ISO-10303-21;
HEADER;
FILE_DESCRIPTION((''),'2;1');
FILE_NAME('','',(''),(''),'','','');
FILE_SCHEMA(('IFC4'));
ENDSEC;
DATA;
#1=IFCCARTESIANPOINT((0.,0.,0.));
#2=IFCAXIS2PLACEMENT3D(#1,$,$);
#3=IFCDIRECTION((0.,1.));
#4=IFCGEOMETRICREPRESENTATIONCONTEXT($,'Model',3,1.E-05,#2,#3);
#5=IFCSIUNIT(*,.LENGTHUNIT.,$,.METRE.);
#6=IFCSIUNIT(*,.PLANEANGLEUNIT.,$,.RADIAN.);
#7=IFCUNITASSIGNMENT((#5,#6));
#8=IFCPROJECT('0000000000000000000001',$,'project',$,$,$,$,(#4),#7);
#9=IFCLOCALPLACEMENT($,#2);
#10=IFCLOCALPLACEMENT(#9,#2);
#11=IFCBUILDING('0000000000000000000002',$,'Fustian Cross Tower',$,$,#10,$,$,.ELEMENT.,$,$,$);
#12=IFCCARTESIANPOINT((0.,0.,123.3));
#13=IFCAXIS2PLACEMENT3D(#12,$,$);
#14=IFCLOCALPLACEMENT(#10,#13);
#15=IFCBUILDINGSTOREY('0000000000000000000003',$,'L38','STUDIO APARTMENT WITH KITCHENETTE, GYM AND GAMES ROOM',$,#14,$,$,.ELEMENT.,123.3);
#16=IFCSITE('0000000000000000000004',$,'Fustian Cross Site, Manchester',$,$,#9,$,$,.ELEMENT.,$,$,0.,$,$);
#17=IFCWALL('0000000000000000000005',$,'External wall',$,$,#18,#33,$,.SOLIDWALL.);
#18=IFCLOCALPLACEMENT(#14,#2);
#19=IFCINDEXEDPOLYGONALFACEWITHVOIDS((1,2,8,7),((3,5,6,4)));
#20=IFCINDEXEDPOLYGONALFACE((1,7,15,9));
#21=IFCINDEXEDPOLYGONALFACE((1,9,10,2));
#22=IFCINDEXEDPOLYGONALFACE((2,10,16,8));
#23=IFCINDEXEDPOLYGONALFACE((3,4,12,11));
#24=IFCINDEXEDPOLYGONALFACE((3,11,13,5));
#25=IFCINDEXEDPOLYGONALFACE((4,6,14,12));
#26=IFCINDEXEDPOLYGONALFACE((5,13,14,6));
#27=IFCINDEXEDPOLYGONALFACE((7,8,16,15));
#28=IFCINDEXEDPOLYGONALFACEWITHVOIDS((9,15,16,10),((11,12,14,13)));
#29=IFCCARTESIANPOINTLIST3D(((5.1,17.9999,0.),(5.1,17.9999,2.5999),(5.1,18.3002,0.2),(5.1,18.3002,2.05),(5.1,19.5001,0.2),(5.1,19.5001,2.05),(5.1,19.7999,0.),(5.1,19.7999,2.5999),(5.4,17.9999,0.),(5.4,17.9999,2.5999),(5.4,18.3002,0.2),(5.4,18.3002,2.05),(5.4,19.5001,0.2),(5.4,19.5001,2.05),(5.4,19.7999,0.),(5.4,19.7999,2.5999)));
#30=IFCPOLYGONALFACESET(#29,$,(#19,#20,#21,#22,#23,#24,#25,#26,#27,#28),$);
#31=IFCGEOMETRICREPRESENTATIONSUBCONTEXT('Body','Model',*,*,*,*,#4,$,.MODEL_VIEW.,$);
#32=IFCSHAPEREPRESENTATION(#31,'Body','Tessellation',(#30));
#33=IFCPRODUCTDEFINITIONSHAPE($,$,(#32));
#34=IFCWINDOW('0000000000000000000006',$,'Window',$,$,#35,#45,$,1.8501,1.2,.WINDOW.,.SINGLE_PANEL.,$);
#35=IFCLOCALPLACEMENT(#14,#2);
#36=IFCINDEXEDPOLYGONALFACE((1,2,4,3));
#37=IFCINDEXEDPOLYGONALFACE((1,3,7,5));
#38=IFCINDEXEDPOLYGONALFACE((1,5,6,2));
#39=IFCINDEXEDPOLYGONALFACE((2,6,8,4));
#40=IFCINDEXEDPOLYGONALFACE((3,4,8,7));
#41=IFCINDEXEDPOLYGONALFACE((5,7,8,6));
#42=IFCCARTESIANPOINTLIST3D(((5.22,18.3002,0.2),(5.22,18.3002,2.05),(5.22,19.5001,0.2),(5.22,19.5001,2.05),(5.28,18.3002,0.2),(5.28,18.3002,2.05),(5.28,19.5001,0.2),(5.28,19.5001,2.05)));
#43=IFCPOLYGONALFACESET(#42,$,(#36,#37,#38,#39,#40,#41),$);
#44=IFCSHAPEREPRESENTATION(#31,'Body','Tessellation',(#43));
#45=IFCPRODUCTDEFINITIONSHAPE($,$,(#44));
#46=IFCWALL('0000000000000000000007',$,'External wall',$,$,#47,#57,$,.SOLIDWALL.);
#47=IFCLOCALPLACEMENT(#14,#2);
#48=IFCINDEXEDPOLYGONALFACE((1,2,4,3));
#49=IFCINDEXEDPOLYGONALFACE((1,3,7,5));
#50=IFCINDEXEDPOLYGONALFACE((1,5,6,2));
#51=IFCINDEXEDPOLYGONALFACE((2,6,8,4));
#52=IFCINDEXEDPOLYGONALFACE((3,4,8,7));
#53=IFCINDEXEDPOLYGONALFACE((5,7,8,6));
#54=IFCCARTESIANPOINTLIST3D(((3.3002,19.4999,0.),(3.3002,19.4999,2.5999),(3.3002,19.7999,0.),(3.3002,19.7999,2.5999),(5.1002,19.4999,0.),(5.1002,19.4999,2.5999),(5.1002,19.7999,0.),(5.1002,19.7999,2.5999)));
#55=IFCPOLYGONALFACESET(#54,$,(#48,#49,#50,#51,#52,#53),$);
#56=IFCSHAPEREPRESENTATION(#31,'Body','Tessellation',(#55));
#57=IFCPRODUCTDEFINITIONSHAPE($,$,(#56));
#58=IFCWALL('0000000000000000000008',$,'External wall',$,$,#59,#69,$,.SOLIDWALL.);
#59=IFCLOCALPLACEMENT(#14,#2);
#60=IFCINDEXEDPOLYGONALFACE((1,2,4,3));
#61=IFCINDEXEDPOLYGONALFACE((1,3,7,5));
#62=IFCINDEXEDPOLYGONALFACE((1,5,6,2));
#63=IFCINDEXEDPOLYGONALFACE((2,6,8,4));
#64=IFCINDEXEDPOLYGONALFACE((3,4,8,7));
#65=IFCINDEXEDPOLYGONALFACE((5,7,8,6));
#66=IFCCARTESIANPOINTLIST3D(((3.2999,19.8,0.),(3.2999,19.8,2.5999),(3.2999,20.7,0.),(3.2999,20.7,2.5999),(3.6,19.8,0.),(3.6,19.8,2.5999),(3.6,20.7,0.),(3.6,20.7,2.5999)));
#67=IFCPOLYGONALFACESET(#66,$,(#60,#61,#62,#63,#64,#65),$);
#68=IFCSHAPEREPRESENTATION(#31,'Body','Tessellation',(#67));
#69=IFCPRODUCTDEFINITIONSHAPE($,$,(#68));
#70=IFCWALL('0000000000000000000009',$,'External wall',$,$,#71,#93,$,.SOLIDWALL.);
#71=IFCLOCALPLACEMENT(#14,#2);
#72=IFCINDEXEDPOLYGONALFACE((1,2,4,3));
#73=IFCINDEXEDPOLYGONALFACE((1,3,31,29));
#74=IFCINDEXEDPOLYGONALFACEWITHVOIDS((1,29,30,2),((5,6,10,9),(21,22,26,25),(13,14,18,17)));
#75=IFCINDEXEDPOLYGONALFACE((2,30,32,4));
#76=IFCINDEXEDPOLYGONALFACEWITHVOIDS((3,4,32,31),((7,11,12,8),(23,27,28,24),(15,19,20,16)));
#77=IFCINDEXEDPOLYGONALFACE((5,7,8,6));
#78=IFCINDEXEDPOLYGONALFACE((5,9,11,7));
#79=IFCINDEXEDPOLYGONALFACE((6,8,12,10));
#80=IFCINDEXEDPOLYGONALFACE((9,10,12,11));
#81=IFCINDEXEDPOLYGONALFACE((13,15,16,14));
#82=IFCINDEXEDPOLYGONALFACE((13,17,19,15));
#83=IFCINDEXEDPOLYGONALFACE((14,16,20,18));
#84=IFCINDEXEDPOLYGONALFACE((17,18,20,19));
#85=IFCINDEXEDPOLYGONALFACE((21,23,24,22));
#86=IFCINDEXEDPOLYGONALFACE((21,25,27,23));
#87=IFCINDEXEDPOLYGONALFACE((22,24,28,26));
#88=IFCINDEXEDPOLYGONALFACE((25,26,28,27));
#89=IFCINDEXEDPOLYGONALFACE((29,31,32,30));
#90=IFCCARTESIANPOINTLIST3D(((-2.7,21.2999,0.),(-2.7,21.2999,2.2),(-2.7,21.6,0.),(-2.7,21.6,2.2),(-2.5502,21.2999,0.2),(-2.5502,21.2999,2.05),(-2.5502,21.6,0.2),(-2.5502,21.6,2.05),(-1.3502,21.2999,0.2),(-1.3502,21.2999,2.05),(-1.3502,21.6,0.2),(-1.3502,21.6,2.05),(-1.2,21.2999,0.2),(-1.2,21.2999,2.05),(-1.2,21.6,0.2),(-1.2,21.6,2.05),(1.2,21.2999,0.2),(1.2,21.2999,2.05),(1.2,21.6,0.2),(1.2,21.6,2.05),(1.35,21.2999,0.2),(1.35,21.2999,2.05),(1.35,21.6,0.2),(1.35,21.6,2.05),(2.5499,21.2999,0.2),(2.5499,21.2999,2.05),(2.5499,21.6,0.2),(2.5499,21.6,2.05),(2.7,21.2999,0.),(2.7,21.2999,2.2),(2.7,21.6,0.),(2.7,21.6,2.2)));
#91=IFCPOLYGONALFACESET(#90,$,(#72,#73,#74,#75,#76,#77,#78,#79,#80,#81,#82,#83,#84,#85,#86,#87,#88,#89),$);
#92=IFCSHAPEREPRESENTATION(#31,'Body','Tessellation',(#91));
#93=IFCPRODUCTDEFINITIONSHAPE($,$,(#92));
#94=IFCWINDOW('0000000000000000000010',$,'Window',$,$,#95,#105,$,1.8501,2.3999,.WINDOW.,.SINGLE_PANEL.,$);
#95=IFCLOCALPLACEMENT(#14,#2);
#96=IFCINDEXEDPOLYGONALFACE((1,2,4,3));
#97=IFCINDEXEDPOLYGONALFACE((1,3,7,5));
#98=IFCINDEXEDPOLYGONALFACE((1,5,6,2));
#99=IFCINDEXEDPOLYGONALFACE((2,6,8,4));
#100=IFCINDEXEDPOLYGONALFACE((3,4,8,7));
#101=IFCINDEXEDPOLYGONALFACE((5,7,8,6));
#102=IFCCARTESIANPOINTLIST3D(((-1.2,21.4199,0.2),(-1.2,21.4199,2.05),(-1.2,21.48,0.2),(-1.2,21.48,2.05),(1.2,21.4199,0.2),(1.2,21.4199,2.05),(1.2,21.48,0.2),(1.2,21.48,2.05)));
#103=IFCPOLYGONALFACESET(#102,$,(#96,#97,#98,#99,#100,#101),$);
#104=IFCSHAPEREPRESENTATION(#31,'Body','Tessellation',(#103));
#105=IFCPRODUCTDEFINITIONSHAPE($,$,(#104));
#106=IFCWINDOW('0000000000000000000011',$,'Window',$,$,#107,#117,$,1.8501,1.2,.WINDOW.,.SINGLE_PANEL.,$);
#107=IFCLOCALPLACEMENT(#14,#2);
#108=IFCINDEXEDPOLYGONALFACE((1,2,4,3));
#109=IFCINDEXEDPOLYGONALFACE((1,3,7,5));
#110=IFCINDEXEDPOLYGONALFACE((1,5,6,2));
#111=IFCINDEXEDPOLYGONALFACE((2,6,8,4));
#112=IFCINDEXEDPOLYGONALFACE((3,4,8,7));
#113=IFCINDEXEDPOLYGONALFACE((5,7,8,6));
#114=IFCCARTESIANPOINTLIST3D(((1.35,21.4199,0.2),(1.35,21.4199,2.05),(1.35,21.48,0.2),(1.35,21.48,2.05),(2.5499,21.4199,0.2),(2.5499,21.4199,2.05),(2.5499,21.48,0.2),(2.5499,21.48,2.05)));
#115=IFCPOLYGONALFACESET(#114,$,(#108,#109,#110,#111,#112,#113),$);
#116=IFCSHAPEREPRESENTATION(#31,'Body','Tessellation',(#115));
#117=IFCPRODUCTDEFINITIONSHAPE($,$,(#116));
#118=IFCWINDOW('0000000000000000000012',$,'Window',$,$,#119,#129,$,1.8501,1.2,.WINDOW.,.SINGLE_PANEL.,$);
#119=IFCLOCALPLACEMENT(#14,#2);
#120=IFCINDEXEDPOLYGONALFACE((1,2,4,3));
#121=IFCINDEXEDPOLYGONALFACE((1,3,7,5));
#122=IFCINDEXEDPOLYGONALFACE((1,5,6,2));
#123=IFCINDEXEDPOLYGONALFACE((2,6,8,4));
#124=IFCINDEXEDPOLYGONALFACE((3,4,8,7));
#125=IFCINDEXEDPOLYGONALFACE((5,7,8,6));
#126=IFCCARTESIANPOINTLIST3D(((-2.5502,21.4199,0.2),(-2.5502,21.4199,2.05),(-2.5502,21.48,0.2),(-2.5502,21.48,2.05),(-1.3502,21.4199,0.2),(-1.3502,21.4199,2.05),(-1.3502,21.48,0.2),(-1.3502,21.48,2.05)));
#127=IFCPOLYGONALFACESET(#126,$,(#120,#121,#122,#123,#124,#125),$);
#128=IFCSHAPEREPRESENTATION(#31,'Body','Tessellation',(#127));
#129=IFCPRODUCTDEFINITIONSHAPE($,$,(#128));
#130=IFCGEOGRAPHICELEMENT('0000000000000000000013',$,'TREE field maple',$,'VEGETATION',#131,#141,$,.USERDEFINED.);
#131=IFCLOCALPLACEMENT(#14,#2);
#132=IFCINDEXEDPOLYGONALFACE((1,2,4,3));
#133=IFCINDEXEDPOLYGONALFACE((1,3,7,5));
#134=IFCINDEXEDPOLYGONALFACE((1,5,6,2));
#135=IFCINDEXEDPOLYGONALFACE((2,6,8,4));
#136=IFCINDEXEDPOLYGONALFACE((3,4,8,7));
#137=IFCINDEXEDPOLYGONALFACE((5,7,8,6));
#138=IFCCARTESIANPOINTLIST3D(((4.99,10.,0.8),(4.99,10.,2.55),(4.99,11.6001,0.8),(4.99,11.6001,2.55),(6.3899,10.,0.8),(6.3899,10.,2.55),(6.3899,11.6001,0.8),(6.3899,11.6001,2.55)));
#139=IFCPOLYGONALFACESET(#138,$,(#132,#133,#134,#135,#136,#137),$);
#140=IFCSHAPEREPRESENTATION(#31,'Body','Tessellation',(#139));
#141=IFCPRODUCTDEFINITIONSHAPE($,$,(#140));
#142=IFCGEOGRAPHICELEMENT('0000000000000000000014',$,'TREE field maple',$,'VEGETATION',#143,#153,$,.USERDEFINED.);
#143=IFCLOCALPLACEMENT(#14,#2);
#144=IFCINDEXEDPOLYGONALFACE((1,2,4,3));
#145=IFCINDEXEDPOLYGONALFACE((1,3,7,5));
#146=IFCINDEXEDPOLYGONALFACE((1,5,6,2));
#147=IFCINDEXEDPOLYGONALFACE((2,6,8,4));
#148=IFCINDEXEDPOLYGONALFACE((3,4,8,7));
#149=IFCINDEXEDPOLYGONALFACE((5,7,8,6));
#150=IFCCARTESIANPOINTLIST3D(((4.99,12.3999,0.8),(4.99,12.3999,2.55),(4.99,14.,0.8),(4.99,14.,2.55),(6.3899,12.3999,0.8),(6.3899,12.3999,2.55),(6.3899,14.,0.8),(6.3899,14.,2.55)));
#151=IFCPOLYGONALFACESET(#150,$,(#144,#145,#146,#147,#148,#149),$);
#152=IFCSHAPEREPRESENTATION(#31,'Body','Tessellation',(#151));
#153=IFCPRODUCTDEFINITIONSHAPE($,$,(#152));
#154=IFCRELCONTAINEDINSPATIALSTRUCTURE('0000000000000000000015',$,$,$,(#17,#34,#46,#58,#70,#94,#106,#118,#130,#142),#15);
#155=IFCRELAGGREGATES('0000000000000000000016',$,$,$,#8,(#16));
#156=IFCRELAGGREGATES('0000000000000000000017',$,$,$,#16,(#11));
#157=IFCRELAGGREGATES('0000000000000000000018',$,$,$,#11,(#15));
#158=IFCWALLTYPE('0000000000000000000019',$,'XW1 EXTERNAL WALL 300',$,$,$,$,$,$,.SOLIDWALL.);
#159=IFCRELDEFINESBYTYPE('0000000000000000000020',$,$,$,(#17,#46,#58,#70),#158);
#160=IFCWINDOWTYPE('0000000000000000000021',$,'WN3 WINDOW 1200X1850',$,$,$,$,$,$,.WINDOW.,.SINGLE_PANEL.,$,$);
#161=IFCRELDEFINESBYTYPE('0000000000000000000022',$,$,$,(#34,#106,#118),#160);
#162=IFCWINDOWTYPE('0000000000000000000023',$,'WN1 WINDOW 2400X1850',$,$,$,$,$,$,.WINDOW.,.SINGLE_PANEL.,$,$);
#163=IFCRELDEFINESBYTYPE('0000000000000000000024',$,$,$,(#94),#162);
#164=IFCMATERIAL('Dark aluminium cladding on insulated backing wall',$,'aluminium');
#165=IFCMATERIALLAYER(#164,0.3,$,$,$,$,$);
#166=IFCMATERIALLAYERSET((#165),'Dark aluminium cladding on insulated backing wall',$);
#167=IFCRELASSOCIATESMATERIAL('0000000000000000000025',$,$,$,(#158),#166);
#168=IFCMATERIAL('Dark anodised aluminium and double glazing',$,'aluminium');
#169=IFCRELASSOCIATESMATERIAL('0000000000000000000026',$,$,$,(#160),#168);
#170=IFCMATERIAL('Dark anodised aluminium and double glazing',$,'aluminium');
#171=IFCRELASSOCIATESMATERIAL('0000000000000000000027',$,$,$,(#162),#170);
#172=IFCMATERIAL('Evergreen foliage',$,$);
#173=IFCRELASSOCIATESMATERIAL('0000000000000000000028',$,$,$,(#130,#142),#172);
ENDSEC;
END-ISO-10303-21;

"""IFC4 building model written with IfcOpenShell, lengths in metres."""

from ifc_helpers import new_model, si_unit, direction, frame, frame_2d, origin, origin_2d, place, context, subcontext, project, spatial, rectangle, extrude, material, layer, layer_set, type_object, element, fill, save


model = new_model("IFC4")

# Units and contexts
model_context = context("Model", 3, precision=1e-05, world=origin(), true_north=direction((0.0, 1.0)))
body_context = subcontext(model_context, "Body", "Model", "MODEL_VIEW")
ifc_project = project(units=[si_unit("LENGTHUNIT", "METRE"), si_unit("PLANEANGLEUNIT", "RADIAN")], contexts=[model_context])

# Site, building, storey
site_placement = place(None, origin())
site = spatial("IfcSite", under=ifc_project, at=site_placement, Name="Fustian Cross Site, Manchester", CompositionType="ELEMENT", RefElevation=0.0)
building_placement = place(site_placement, origin())
building = spatial("IfcBuilding", under=site, at=building_placement, Name="Fustian Cross Tower", CompositionType="ELEMENT")
storey_placement = place(building_placement, frame((0.0, 0.0, 123.3)))
storey = spatial("IfcBuildingStorey", under=building, at=storey_placement, Name="L38", Description="STUDIO APARTMENT WITH KITCHENETTE, GYM AND GAMES ROOM", CompositionType="ELEMENT", Elevation=123.3)

# Shared definitions
ifc_material_1 = material(Name="Dark aluminium cladding on insulated backing wall", Category="aluminium")
ifc_layer_1 = layer(ifc_material_1, 0.3)
ifc_layer_set_1 = layer_set([ifc_layer_1], Name="Dark aluminium cladding on insulated backing wall")
wall_type_1 = type_object("IfcWallType", Name="XW1 EXTERNAL WALL 300", PredefinedType="SOLIDWALL", material=ifc_layer_set_1)

# Wall, opening, window
wall_1_placement = place(storey_placement, frame((5.25, 18.0, 0.0), z_axis=(0.0, 0.0, 1.0), x_axis=(0.0, 1.0, 0.0)))
wall_1 = element("IfcWall", 1, at=wall_1_placement, inside=storey, type_object=wall_type_1, Name="External wall", PredefinedType="SOLIDWALL", context=body_context, shape_type="SweptSolid", body=[
    extrude(rectangle(XDim=1.8, YDim=0.3, at=frame_2d((0.8999, 0.0))), origin(), (0.0, 0.0, 1.0), 2.5999),
])
opening_1_placement = place(wall_1_placement, frame((0.3, 0.0, 0.2)))
opening_1 = element("IfcOpeningElement", 2, at=opening_1_placement, cuts=wall_1, PredefinedType="OPENING", context=body_context, shape_type="SweptSolid", body=[
    extrude(rectangle(XDim=1.2, YDim=1.8501, at=frame_2d((0.6001, 0.925))), frame((0.0, 0.1599, 0.0), z_axis=(0.0, -1.0, 0.0), x_axis=(1.0, 0.0, 0.0)), (0.0, 0.0, 1.0), 0.3201),
])
ifc_material_2 = material(Name="Dark anodised aluminium and double glazing", Category="aluminium")
window_type_1 = type_object("IfcWindowType", Name="WN3 WINDOW 1200X1850", PartitioningType="SINGLE_PANEL", PredefinedType="WINDOW", material=ifc_material_2)
window_1_placement = place(opening_1_placement, origin())
window_1 = element("IfcWindow", 3, at=window_1_placement, inside=storey, type_object=window_type_1, Name="Window", OverallHeight=1.8501, OverallWidth=1.2, PartitioningType="SINGLE_PANEL", PredefinedType="WINDOW", context=body_context, shape_type="SweptSolid", body=[
    extrude(rectangle(XDim=1.2, YDim=1.8501, at=frame_2d((0.6001, 0.925))), frame((0.0, 0.03, 0.0), z_axis=(0.0, -1.0, 0.0), x_axis=(1.0, 0.0, 0.0)), (0.0, 0.0, 1.0), 0.0601),
])
fill(opening_1, window_1)

# Walls
wall_2_placement = place(storey_placement, frame((5.1001, 19.6499, 0.0), z_axis=(0.0, 0.0, 1.0), x_axis=(-1.0, 0.0, 0.0)))
element("IfcWall", 4, at=wall_2_placement, inside=storey, type_object=wall_type_1, Name="External wall", PredefinedType="SOLIDWALL", context=body_context, shape_type="SweptSolid", body=[
    extrude(rectangle(XDim=1.8, YDim=0.3, at=frame_2d((0.8999, 0.0))), origin(), (0.0, 0.0, 1.0), 2.5999),
])
wall_3_placement = place(storey_placement, frame((3.45, 19.8, 0.0), z_axis=(0.0, 0.0, 1.0), x_axis=(0.0, 1.0, 0.0)))
element("IfcWall", 5, at=wall_3_placement, inside=storey, type_object=wall_type_1, Name="External wall", PredefinedType="SOLIDWALL", context=body_context, shape_type="SweptSolid", body=[
    extrude(rectangle(XDim=0.8999, YDim=0.3, at=frame_2d((0.45, 0.0))), origin(), (0.0, 0.0, 1.0), 2.5999),
])

# Wall, openings, windows
wall_4_placement = place(storey_placement, frame((2.7, 21.45, 0.0), z_axis=(0.0, 0.0, 1.0), x_axis=(-1.0, 0.0, 0.0)))
wall_4 = element("IfcWall", 6, at=wall_4_placement, inside=storey, type_object=wall_type_1, Name="External wall", PredefinedType="SOLIDWALL", context=body_context, shape_type="SweptSolid", body=[
    extrude(rectangle(XDim=5.3999, YDim=0.3, at=frame_2d((2.7, 0.0))), origin(), (0.0, 0.0, 1.0), 2.2),
])
opening_2_placement = place(wall_4_placement, frame((1.5, 0.0, 0.2)))
opening_2 = element("IfcOpeningElement", 7, at=opening_2_placement, cuts=wall_4, PredefinedType="OPENING", context=body_context, shape_type="SweptSolid", body=[
    extrude(rectangle(XDim=2.3999, YDim=1.8501, at=frame_2d((1.2, 0.925))), frame((0.0, 0.1599, 0.0), z_axis=(0.0, -1.0, 0.0), x_axis=(1.0, 0.0, 0.0)), (0.0, 0.0, 1.0), 0.3201),
])
opening_3_placement = place(wall_4_placement, frame((0.1499, 0.0, 0.2)))
opening_3 = element("IfcOpeningElement", 8, at=opening_3_placement, cuts=wall_4, PredefinedType="OPENING", context=body_context, shape_type="SweptSolid", body=[
    extrude(rectangle(XDim=1.2, YDim=1.8501, at=frame_2d((0.6001, 0.925))), frame((0.0, 0.1599, 0.0), z_axis=(0.0, -1.0, 0.0), x_axis=(1.0, 0.0, 0.0)), (0.0, 0.0, 1.0), 0.3201),
])
opening_4_placement = place(wall_4_placement, frame((4.05, 0.0, 0.2)))
opening_4 = element("IfcOpeningElement", 9, at=opening_4_placement, cuts=wall_4, PredefinedType="OPENING", context=body_context, shape_type="SweptSolid", body=[
    extrude(rectangle(XDim=1.2, YDim=1.8501, at=frame_2d((0.6001, 0.925))), frame((0.0, 0.1599, 0.0), z_axis=(0.0, -1.0, 0.0), x_axis=(1.0, 0.0, 0.0)), (0.0, 0.0, 1.0), 0.3201),
])
ifc_material_3 = material(Name="Dark anodised aluminium and double glazing", Category="aluminium")
window_type_2 = type_object("IfcWindowType", Name="WN1 WINDOW 2400X1850", PartitioningType="SINGLE_PANEL", PredefinedType="WINDOW", material=ifc_material_3)
window_2_placement = place(opening_2_placement, origin())
window_2 = element("IfcWindow", 10, at=window_2_placement, inside=storey, type_object=window_type_2, Name="Window", OverallHeight=1.8501, OverallWidth=2.3999, PartitioningType="SINGLE_PANEL", PredefinedType="WINDOW", context=body_context, shape_type="SweptSolid", body=[
    extrude(rectangle(XDim=2.3999, YDim=1.8501, at=frame_2d((1.2, 0.925))), frame((0.0, 0.03, 0.0), z_axis=(0.0, -1.0, 0.0), x_axis=(1.0, 0.0, 0.0)), (0.0, 0.0, 1.0), 0.0601),
])
fill(opening_2, window_2)
window_3_placement = place(opening_3_placement, origin())
window_3 = element("IfcWindow", 11, at=window_3_placement, inside=storey, type_object=window_type_1, Name="Window", OverallHeight=1.8501, OverallWidth=1.2, PartitioningType="SINGLE_PANEL", PredefinedType="WINDOW", context=body_context, shape_type="SweptSolid", body=[
    extrude(rectangle(XDim=1.2, YDim=1.8501, at=frame_2d((0.6001, 0.925))), frame((0.0, 0.03, 0.0), z_axis=(0.0, -1.0, 0.0), x_axis=(1.0, 0.0, 0.0)), (0.0, 0.0, 1.0), 0.0601),
])
fill(opening_3, window_3)
window_4_placement = place(opening_4_placement, origin())
window_4 = element("IfcWindow", 12, at=window_4_placement, inside=storey, type_object=window_type_1, Name="Window", OverallHeight=1.8501, OverallWidth=1.2, PartitioningType="SINGLE_PANEL", PredefinedType="WINDOW", context=body_context, shape_type="SweptSolid", body=[
    extrude(rectangle(XDim=1.2, YDim=1.8501, at=frame_2d((0.6001, 0.925))), frame((0.0, 0.03, 0.0), z_axis=(0.0, -1.0, 0.0), x_axis=(1.0, 0.0, 0.0)), (0.0, 0.0, 1.0), 0.0601),
])
fill(opening_4, window_4)

# Geographic elements
ifc_material_4 = material(Name="Evergreen foliage")
for number, where, z_axis, x_axis, name in (
    (13, (5.6899, 10.8, 0.8), (0.0, 0.0, 1.0), (1.0, 0.0, 0.0), "TREE field maple"),
    (14, (5.6899, 13.2, 0.8), (0.0, 0.0, 1.0), (1.0, 0.0, 0.0), "TREE field maple"),
):
    element("IfcGeographicElement", number, at=place(storey_placement, frame(where, z_axis=z_axis, x_axis=x_axis)), inside=storey, material=ifc_material_4, Name=name, ObjectType="VEGETATION", PredefinedType="USERDEFINED", context=body_context, shape_type="SweptSolid", body=[
        extrude(rectangle(XDim=1.3999, YDim=1.6001, at=origin_2d()), origin(), (0.0, 0.0, 1.0), 1.75),
    ])

save(model, "model.ifc")
